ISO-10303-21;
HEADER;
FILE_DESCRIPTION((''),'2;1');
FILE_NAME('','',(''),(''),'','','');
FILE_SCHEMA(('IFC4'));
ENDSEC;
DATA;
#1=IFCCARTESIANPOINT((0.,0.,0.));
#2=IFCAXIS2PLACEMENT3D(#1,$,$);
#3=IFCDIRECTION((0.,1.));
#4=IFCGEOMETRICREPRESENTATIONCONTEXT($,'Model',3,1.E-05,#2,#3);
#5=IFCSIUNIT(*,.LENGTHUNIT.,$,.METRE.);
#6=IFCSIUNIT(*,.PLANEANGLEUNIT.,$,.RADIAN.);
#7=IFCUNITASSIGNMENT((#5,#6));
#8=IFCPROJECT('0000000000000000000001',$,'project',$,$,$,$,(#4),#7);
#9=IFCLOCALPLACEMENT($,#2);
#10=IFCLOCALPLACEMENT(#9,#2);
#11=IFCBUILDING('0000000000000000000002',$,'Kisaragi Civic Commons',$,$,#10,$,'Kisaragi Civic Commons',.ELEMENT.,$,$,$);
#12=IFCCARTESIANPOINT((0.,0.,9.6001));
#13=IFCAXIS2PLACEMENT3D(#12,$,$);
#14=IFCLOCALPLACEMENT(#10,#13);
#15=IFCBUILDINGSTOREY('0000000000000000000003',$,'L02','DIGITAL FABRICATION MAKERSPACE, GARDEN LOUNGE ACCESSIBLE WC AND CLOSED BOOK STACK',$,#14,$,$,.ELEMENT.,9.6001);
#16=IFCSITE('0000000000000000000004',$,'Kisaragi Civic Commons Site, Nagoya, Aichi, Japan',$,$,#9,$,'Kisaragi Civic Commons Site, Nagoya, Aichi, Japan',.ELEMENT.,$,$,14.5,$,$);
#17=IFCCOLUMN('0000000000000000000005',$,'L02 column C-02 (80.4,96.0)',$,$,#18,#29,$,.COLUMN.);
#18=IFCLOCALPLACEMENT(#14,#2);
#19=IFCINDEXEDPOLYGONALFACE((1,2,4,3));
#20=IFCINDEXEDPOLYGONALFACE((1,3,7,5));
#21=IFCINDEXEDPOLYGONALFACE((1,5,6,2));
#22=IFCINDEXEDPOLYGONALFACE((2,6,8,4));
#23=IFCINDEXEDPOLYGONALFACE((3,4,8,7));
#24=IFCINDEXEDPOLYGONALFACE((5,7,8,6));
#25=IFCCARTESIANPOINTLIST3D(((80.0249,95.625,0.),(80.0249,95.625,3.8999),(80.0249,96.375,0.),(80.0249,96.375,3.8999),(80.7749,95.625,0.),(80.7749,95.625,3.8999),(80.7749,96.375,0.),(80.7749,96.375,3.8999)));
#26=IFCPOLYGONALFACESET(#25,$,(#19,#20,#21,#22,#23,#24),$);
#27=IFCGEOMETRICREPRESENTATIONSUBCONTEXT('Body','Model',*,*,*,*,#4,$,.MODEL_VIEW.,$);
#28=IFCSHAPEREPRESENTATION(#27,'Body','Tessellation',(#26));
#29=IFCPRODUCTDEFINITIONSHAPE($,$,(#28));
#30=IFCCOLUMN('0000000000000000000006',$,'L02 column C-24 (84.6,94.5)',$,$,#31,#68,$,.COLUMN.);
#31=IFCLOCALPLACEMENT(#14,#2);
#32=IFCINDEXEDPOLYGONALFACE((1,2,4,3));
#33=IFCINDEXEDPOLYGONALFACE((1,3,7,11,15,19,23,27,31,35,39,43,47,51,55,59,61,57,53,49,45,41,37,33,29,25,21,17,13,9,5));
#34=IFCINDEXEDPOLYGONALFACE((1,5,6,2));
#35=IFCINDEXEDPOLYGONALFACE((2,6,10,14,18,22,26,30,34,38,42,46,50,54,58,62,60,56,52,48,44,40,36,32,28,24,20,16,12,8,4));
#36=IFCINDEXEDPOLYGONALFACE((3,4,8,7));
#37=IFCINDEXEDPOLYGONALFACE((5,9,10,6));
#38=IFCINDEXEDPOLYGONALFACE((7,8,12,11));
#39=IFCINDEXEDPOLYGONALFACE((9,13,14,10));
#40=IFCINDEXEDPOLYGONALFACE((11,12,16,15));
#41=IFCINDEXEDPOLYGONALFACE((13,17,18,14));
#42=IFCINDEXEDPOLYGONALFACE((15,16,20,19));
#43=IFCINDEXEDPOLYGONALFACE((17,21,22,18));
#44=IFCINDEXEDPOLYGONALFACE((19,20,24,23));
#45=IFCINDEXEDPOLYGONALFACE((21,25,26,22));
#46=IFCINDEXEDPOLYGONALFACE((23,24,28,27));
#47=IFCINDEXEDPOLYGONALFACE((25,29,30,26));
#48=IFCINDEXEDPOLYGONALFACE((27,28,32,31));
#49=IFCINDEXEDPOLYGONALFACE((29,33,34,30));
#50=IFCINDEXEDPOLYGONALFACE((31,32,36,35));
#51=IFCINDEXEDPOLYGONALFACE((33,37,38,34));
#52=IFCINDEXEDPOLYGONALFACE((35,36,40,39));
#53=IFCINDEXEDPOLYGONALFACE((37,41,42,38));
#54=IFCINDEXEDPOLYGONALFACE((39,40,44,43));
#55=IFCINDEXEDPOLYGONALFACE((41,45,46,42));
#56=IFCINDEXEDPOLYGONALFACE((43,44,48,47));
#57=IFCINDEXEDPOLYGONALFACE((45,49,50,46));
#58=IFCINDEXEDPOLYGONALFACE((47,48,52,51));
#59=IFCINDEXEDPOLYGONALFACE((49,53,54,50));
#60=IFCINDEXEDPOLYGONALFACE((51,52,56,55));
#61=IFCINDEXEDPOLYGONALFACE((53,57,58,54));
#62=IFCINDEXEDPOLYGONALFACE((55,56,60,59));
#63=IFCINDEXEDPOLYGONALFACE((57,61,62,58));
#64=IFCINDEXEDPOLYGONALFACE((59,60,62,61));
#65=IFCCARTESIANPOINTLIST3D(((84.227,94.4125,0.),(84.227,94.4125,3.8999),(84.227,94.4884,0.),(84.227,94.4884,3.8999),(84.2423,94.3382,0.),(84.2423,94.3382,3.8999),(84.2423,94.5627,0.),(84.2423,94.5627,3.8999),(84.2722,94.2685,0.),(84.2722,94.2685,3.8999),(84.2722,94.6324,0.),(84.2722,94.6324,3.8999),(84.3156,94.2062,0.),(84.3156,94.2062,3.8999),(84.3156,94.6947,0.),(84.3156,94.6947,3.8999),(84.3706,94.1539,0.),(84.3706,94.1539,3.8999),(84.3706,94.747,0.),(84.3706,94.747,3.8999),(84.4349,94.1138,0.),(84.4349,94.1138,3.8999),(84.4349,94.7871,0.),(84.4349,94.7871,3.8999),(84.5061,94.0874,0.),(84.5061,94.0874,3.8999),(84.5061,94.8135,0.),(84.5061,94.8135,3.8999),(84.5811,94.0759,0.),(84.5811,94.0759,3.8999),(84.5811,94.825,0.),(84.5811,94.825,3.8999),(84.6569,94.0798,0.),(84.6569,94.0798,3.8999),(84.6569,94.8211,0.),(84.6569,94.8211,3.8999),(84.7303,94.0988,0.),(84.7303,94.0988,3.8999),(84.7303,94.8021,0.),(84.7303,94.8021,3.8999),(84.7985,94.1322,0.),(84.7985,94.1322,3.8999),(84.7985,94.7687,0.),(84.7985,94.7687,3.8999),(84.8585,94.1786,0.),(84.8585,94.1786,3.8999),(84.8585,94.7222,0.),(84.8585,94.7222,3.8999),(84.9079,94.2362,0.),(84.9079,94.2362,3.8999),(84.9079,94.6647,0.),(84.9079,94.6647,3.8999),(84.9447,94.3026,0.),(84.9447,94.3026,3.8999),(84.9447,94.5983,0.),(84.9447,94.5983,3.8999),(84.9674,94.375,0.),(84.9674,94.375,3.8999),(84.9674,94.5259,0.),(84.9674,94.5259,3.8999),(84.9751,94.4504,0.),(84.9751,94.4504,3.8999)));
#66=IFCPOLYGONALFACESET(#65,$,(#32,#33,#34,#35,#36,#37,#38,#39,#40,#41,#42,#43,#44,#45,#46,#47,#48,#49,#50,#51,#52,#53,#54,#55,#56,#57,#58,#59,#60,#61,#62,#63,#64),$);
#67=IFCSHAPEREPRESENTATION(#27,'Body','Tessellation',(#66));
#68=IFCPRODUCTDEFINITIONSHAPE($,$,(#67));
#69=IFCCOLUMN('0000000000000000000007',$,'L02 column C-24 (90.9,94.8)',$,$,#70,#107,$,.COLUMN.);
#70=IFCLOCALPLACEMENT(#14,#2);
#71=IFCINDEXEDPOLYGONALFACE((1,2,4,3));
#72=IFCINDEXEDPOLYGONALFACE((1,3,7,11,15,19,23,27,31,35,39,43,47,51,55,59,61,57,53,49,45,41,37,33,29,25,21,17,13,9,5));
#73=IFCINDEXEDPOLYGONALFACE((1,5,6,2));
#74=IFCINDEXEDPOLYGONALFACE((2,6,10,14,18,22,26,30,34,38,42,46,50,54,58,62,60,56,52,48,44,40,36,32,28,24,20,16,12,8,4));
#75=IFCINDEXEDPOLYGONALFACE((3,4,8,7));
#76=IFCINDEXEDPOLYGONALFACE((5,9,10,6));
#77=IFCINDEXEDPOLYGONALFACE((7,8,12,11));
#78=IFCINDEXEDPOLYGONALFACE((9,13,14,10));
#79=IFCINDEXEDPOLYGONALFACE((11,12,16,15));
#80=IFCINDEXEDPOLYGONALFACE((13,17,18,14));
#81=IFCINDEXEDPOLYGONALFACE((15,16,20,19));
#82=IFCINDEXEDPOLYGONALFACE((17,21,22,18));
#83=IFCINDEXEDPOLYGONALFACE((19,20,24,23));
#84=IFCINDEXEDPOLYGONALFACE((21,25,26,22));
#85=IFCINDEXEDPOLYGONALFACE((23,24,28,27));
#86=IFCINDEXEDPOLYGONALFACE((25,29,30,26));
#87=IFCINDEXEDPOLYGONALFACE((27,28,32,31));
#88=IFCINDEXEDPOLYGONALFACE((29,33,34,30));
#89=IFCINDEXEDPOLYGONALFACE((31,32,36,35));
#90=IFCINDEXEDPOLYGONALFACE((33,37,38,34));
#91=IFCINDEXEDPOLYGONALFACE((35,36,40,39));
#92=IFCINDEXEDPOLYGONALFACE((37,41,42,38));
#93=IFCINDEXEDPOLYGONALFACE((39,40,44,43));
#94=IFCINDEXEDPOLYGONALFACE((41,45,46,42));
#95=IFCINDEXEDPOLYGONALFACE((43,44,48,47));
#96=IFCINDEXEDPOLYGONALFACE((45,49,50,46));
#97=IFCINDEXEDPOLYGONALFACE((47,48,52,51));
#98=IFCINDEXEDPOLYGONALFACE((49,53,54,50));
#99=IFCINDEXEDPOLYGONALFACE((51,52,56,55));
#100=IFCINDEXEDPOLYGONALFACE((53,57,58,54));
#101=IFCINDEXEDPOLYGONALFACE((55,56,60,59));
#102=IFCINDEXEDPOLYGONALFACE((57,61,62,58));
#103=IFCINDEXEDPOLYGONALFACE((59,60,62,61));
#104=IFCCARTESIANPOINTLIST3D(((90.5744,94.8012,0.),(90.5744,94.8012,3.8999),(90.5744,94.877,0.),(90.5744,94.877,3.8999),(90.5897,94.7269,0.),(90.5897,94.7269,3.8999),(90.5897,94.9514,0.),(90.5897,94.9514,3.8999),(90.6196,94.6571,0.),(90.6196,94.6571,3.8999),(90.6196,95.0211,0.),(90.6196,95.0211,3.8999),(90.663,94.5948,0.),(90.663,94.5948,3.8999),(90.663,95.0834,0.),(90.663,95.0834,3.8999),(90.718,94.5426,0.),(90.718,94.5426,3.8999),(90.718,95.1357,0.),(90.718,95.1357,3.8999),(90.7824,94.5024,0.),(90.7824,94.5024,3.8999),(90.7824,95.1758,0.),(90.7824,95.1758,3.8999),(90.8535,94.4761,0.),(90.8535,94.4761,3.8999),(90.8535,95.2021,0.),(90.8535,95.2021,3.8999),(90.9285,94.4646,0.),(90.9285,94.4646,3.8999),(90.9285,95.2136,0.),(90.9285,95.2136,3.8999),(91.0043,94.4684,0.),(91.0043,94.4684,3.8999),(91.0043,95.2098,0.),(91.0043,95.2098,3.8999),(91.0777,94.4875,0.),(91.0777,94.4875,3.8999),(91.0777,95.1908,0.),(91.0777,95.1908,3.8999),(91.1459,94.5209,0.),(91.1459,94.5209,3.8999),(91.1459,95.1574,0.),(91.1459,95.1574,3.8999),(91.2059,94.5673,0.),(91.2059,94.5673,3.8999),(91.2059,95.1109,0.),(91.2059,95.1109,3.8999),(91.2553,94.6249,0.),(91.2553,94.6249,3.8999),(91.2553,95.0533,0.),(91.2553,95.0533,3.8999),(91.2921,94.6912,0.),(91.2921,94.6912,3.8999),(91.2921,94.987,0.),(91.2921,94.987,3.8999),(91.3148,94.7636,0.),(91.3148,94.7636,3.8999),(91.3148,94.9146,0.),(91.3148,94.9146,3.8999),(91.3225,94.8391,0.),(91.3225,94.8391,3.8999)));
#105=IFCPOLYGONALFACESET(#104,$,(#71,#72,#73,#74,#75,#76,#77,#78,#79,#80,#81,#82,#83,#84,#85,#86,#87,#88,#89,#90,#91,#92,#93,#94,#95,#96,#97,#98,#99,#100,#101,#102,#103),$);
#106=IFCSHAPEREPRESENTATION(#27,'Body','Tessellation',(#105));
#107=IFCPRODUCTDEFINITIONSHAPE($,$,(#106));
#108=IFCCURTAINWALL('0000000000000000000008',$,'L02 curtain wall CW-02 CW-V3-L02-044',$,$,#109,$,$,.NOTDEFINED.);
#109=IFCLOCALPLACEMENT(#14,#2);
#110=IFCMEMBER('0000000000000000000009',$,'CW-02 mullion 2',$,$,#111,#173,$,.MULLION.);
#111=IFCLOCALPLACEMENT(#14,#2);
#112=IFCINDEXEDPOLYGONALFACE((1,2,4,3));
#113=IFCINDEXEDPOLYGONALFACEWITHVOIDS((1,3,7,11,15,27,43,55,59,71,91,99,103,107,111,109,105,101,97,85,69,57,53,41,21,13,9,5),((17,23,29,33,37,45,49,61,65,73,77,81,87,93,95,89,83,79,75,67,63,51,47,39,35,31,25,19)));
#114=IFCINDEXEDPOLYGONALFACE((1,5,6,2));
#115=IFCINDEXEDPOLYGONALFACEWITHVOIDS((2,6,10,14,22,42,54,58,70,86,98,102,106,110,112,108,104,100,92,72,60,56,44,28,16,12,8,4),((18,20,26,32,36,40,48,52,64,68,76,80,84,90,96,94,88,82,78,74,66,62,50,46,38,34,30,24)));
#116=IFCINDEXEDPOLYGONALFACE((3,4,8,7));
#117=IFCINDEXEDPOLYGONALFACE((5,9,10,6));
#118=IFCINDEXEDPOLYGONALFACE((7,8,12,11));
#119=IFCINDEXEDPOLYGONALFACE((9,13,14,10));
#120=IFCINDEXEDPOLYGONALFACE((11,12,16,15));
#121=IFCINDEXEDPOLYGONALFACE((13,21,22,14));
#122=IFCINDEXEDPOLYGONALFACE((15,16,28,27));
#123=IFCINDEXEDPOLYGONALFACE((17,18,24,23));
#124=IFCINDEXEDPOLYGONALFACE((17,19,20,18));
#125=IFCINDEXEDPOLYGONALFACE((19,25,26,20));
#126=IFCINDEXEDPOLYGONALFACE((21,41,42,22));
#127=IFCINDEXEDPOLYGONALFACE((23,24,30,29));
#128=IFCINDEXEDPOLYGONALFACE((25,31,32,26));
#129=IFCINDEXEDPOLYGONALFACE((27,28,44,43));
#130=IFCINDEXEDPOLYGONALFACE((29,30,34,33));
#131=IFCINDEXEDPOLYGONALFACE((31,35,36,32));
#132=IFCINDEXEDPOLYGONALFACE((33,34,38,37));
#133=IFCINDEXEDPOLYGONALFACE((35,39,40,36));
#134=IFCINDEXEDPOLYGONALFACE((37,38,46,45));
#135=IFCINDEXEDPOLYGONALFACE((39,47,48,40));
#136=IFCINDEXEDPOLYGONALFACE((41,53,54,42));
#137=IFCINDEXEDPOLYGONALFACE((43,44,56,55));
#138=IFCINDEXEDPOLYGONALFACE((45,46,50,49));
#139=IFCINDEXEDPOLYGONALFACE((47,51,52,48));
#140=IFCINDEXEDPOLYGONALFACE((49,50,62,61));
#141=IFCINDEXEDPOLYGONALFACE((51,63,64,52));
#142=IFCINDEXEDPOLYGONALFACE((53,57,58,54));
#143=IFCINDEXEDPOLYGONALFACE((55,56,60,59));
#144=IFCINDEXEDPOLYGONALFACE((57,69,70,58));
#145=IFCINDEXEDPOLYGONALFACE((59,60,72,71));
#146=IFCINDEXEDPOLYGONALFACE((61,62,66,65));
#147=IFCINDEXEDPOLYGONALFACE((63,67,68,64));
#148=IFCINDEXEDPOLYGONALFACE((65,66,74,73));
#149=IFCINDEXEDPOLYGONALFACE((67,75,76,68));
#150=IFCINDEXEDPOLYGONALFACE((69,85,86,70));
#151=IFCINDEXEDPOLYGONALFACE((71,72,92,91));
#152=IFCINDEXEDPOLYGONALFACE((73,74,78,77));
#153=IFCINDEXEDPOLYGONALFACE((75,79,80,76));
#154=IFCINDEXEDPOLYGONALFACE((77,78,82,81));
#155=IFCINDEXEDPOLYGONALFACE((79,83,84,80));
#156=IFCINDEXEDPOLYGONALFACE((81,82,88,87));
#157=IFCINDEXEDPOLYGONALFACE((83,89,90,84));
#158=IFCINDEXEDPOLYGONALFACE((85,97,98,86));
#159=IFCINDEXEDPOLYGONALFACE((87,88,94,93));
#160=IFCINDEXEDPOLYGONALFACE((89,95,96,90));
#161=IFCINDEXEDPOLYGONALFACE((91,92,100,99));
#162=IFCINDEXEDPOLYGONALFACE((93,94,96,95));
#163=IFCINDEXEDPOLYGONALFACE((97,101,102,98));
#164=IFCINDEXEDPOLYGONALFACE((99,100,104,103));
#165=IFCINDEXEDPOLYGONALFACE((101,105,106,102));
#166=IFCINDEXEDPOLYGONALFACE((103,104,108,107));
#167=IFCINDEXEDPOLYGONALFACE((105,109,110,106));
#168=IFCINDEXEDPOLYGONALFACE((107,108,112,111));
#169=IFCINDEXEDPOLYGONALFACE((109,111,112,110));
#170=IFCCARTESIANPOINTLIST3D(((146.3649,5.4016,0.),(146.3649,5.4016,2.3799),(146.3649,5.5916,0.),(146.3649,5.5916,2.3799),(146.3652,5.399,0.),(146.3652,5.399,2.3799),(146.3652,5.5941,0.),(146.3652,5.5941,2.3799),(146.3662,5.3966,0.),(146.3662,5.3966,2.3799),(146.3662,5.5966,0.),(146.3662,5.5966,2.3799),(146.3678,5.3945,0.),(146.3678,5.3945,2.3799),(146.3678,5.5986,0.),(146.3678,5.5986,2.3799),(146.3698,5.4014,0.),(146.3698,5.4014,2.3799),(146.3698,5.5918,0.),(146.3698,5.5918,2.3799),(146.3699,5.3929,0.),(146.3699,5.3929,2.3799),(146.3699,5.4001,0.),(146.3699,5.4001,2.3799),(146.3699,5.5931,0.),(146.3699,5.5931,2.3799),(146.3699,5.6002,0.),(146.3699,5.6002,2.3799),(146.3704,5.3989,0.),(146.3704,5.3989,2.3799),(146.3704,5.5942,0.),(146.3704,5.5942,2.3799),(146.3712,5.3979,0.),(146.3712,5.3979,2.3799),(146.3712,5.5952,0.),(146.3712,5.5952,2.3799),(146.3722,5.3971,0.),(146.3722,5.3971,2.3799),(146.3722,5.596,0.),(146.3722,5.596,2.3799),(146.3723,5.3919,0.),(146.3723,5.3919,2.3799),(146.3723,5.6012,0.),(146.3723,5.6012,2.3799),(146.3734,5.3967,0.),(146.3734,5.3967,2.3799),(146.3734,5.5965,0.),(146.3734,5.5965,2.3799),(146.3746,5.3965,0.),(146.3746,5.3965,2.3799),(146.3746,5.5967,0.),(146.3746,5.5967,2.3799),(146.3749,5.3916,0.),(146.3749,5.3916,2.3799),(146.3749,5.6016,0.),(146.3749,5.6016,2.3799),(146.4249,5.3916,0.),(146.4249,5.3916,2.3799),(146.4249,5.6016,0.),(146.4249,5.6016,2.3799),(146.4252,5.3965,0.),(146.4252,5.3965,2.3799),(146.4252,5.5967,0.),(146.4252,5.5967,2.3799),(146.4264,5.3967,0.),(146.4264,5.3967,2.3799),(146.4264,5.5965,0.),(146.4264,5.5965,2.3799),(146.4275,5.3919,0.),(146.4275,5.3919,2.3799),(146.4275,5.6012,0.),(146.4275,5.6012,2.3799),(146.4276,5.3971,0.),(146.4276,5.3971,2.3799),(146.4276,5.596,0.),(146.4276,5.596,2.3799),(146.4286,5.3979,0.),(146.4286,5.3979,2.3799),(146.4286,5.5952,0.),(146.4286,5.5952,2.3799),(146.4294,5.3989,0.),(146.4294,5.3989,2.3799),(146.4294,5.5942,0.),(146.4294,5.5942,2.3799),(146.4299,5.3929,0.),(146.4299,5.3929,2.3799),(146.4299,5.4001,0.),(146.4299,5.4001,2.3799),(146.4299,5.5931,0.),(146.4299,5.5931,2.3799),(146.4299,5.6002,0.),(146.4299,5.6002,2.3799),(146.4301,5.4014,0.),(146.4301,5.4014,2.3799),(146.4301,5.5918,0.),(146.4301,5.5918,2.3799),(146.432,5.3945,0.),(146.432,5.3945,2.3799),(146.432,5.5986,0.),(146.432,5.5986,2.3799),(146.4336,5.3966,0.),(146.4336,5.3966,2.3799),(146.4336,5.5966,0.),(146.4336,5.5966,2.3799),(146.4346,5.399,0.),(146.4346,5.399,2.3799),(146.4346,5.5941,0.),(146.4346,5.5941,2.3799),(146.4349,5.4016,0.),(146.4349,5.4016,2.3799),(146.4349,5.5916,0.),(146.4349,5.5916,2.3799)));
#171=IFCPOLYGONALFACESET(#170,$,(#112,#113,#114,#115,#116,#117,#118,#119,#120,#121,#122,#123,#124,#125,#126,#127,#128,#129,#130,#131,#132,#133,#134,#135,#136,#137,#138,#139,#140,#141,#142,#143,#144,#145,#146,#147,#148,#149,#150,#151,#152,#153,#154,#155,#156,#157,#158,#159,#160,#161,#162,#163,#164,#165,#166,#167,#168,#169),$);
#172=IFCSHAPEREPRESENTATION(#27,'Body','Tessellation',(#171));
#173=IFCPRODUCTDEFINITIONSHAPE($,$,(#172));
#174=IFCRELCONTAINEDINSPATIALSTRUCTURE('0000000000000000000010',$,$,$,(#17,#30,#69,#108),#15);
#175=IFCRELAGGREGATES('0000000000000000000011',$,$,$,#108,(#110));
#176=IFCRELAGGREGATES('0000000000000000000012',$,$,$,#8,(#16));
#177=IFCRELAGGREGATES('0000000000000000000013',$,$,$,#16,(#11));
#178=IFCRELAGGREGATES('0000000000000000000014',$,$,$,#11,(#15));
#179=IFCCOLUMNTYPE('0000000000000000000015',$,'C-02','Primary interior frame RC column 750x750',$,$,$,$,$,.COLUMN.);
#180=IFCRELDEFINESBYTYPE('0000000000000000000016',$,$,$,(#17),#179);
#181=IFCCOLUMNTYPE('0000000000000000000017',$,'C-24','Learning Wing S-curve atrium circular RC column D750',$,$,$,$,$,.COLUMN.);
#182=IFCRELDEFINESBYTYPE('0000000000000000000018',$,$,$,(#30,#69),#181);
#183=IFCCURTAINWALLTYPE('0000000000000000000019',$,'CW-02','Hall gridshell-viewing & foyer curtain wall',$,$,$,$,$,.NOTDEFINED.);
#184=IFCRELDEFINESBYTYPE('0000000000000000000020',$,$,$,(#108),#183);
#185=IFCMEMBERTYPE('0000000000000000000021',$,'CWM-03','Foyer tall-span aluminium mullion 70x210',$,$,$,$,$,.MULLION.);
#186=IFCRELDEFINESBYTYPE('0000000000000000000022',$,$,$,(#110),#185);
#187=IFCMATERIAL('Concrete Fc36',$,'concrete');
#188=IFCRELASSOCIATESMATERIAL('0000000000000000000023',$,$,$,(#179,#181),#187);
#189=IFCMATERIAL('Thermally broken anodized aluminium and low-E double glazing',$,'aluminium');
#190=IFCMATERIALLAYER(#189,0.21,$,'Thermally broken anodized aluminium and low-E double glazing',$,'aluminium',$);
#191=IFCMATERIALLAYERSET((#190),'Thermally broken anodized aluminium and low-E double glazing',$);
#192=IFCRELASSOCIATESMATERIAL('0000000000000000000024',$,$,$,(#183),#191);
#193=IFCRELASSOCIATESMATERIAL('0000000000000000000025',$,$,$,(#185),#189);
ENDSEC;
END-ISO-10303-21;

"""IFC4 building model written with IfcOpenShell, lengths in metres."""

from ifc_helpers import new_model, si_unit, direction, frame, origin, origin_2d, place, context, subcontext, project, spatial, rectangle, hollow_rectangle, circle, extrude, material, layer, layer_set, material_profile, profile_set, type_object, element, aggregate, save


model = new_model("IFC4")

# Units and contexts
model_context = context("Model", 3, precision=1e-05, world=origin(), true_north=direction((0.0, 1.0)))
body_context = subcontext(model_context, "Body", "Model", "MODEL_VIEW")
ifc_project = project(units=[si_unit("LENGTHUNIT", "METRE"), si_unit("PLANEANGLEUNIT", "RADIAN")], contexts=[model_context])

# Site, building, storey
site_placement = place(None, origin())
site = spatial("IfcSite", under=ifc_project, at=site_placement, Name="Kisaragi Civic Commons Site, Nagoya, Aichi, Japan", LongName="Kisaragi Civic Commons Site, Nagoya, Aichi, Japan", CompositionType="ELEMENT", RefElevation=14.5)
building_placement = place(site_placement, origin())
building = spatial("IfcBuilding", under=site, at=building_placement, Name="Kisaragi Civic Commons", LongName="Kisaragi Civic Commons", CompositionType="ELEMENT")
storey_placement = place(building_placement, frame((0.0, 0.0, 9.6001)))
storey = spatial("IfcBuildingStorey", under=building, at=storey_placement, Name="L02", Description="DIGITAL FABRICATION MAKERSPACE, GARDEN LOUNGE ACCESSIBLE WC AND CLOSED BOOK STACK", CompositionType="ELEMENT", Elevation=9.6001)

# Columns
ifc_material_1 = material(Name="Concrete Fc36", Category="concrete")
ifc_material_profile_1 = material_profile(ifc_material_1, rectangle(XDim=0.75, YDim=0.75, at=origin_2d()), Name="RC-750x750", Category="concrete")
ifc_profile_set_1 = profile_set([ifc_material_profile_1], Name="Concrete Fc36")
column_type_1 = type_object("IfcColumnType", Name="C-02", Description="Primary interior frame RC column 750x750", PredefinedType="COLUMN", material=ifc_profile_set_1)
column_placement = place(storey_placement, frame((80.3999, 96.0, 0.0), z_axis=(0.0, 0.0, 1.0), x_axis=(1.0, 0.0, 0.0)))
element("IfcColumn", 1, at=column_placement, inside=storey, type_object=column_type_1, Name="L02 column C-02 (80.4,96.0)", PredefinedType="COLUMN", context=body_context, shape_type="SweptSolid", body=[
    extrude(rectangle(XDim=0.75, YDim=0.75, at=origin_2d()), origin(), (0.0, 0.0, 1.0), 3.8999),
])
ifc_material_profile_2 = material_profile(ifc_material_1, circle(Radius=0.375, at=origin_2d()), Name="RC-D750", Category="concrete")
ifc_profile_set_2 = profile_set([ifc_material_profile_2], Name="Concrete Fc36")
column_type_2 = type_object("IfcColumnType", Name="C-24", Description="Learning Wing S-curve atrium circular RC column D750", PredefinedType="COLUMN", material=ifc_profile_set_2)
for number, where, z_axis, x_axis, name in (
    (2, (84.6001, 94.4504, 0.0), (0.0, 0.0, 1.0), (1.0, 0.0, 0.0), "L02 column C-24 (84.6,94.5)"),
    (3, (90.9475, 94.8391, 0.0), (0.0, 0.0, 1.0), (1.0, 0.0, 0.0), "L02 column C-24 (90.9,94.8)"),
):
    element("IfcColumn", number, at=place(storey_placement, frame(where, z_axis=z_axis, x_axis=x_axis)), inside=storey, type_object=column_type_2, Name=name, PredefinedType="COLUMN", context=body_context, shape_type="SweptSolid", body=[
        extrude(circle(Radius=0.375, at=origin_2d()), origin(), (0.0, 0.0, 1.0), 3.8999),
    ])

# Curtain wall, member
ifc_material_2 = material(Name="Thermally broken anodized aluminium and low-E double glazing", Category="aluminium")
ifc_layer_1 = layer(ifc_material_2, 0.21, Name="Thermally broken anodized aluminium and low-E double glazing", Category="aluminium")
ifc_layer_set_1 = layer_set([ifc_layer_1], Name="Thermally broken anodized aluminium and low-E double glazing")
curtain_wall_type = type_object("IfcCurtainWallType", Name="CW-02", Description="Hall gridshell-viewing & foyer curtain wall", PredefinedType="NOTDEFINED", material=ifc_layer_set_1)
curtain_wall_placement = place(storey_placement, origin())
curtain_wall = element("IfcCurtainWall", 4, at=curtain_wall_placement, inside=storey, type_object=curtain_wall_type, Name="L02 curtain wall CW-02 CW-V3-L02-044", PredefinedType="NOTDEFINED")
ifc_material_profile_3 = material_profile(ifc_material_2, hollow_rectangle(XDim=0.0701, YDim=0.21, WallThickness=0.0049, InnerFilletRadius=0.0049, OuterFilletRadius=0.01, at=origin_2d()), Name="CWM-70x210x5", Category="aluminium")
ifc_profile_set_3 = profile_set([ifc_material_profile_3], Name="Thermally broken anodized aluminium and low-E double glazing")
member_type_1 = type_object("IfcMemberType", Name="CWM-03", Description="Foyer tall-span aluminium mullion 70x210", PredefinedType="MULLION", material=ifc_profile_set_3)
member_1_placement = place(storey_placement, frame((146.3999, 5.4966, 0.0), z_axis=(0.0, 0.0, 1.0), x_axis=(-1.0, 0.0, 0.0)))
member_1 = element("IfcMember", 5, at=member_1_placement, type_object=member_type_1, Name="CW-02 mullion 2", PredefinedType="MULLION", context=body_context, shape_type="SweptSolid", body=[
    extrude(hollow_rectangle(XDim=0.0701, YDim=0.21, WallThickness=0.0049, InnerFilletRadius=0.0049, OuterFilletRadius=0.01, at=origin_2d()), origin(), (0.0, 0.0, 1.0), 2.3799),
])

aggregate(curtain_wall, [member_1])

save(model, "model.ifc")
